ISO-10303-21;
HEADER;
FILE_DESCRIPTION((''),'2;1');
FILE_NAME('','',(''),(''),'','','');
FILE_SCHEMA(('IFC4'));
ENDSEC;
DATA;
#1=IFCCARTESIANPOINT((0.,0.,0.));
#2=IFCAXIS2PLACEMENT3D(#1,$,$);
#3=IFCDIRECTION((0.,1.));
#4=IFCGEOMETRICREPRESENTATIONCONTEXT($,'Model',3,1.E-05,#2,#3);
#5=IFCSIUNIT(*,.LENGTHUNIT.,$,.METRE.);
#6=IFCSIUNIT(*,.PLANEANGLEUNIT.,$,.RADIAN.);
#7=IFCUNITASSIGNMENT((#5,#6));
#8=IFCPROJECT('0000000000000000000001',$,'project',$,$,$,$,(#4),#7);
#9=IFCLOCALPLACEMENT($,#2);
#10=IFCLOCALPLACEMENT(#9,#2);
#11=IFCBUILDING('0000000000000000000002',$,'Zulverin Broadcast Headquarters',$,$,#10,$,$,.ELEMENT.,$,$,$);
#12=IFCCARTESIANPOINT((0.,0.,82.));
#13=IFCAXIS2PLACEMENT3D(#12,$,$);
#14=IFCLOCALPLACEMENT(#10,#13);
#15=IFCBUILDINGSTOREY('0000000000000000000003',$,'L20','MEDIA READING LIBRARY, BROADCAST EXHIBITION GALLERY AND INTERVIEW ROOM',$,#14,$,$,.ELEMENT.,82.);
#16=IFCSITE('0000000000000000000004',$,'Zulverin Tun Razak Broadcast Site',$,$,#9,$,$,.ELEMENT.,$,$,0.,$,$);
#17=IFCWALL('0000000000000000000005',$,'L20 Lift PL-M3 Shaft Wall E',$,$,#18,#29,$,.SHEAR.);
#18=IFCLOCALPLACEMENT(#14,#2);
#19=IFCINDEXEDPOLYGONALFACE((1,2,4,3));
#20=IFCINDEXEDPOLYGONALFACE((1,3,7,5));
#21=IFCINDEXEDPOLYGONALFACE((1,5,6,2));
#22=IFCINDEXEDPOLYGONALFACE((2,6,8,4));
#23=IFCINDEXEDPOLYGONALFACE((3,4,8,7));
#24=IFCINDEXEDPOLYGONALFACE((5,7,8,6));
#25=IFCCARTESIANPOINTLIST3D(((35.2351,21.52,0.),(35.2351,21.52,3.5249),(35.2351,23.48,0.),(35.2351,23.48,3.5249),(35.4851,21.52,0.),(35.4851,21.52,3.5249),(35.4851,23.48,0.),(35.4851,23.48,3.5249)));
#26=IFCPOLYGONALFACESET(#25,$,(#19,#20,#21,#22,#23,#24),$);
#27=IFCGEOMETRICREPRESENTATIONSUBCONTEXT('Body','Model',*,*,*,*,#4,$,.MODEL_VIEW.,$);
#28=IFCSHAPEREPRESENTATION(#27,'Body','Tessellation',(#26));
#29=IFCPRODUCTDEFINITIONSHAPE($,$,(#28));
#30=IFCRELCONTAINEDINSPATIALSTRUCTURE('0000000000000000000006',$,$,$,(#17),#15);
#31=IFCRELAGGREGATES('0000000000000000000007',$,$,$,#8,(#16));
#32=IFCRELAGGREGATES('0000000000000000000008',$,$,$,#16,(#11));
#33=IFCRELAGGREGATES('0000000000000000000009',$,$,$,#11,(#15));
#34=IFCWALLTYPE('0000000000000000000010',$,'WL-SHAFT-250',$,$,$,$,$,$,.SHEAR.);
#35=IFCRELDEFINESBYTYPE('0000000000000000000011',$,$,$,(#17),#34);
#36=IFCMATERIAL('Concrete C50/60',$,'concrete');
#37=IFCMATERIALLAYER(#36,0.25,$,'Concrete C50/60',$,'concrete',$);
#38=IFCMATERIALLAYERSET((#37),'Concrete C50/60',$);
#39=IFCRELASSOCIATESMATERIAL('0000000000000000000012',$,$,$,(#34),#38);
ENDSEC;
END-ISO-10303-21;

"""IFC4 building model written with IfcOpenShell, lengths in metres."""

from ifc_helpers import new_model, si_unit, direction, frame, frame_2d, origin, place, context, subcontext, project, spatial, rectangle, extrude, material, layer, layer_set, type_object, element, save


model = new_model("IFC4")

# Units and contexts
model_context = context("Model", 3, precision=1e-05, world=origin(), true_north=direction((0.0, 1.0)))
body_context = subcontext(model_context, "Body", "Model", "MODEL_VIEW")
ifc_project = project(units=[si_unit("LENGTHUNIT", "METRE"), si_unit("PLANEANGLEUNIT", "RADIAN")], contexts=[model_context])

# Site, building, storey
site_placement = place(None, origin())
site = spatial("IfcSite", under=ifc_project, at=site_placement, Name="Zulverin Tun Razak Broadcast Site", CompositionType="ELEMENT", RefElevation=0.0)
building_placement = place(site_placement, origin())
building = spatial("IfcBuilding", under=site, at=building_placement, Name="Zulverin Broadcast Headquarters", CompositionType="ELEMENT")
storey_placement = place(building_placement, frame((0.0, 0.0, 82.0)))
storey = spatial("IfcBuildingStorey", under=building, at=storey_placement, Name="L20", Description="MEDIA READING LIBRARY, BROADCAST EXHIBITION GALLERY AND INTERVIEW ROOM", CompositionType="ELEMENT", Elevation=82.0)

# Shared definitions
ifc_material_1 = material(Name="Concrete C50/60", Category="concrete")
ifc_layer_1 = layer(ifc_material_1, 0.25, Name="Concrete C50/60", Category="concrete")
ifc_layer_set_1 = layer_set([ifc_layer_1], Name="Concrete C50/60")
wall_type_1 = type_object("IfcWallType", Name="WL-SHAFT-250", PredefinedType="SHEAR", material=ifc_layer_set_1)

# Wall
wall_1_placement = place(storey_placement, frame((35.3601, 21.52, 0.0), z_axis=(0.0, 0.0, 1.0), x_axis=(0.0, 1.0, 0.0)))
element("IfcWall", 1, at=wall_1_placement, inside=storey, type_object=wall_type_1, Name="L20 Lift PL-M3 Shaft Wall E", PredefinedType="SHEAR", context=body_context, shape_type="SweptSolid", body=[
    extrude(rectangle(XDim=1.96, YDim=0.25, at=frame_2d((0.98, 0.0))), origin(), (0.0, 0.0, 1.0), 3.5249),
])

save(model, "model.ifc")
